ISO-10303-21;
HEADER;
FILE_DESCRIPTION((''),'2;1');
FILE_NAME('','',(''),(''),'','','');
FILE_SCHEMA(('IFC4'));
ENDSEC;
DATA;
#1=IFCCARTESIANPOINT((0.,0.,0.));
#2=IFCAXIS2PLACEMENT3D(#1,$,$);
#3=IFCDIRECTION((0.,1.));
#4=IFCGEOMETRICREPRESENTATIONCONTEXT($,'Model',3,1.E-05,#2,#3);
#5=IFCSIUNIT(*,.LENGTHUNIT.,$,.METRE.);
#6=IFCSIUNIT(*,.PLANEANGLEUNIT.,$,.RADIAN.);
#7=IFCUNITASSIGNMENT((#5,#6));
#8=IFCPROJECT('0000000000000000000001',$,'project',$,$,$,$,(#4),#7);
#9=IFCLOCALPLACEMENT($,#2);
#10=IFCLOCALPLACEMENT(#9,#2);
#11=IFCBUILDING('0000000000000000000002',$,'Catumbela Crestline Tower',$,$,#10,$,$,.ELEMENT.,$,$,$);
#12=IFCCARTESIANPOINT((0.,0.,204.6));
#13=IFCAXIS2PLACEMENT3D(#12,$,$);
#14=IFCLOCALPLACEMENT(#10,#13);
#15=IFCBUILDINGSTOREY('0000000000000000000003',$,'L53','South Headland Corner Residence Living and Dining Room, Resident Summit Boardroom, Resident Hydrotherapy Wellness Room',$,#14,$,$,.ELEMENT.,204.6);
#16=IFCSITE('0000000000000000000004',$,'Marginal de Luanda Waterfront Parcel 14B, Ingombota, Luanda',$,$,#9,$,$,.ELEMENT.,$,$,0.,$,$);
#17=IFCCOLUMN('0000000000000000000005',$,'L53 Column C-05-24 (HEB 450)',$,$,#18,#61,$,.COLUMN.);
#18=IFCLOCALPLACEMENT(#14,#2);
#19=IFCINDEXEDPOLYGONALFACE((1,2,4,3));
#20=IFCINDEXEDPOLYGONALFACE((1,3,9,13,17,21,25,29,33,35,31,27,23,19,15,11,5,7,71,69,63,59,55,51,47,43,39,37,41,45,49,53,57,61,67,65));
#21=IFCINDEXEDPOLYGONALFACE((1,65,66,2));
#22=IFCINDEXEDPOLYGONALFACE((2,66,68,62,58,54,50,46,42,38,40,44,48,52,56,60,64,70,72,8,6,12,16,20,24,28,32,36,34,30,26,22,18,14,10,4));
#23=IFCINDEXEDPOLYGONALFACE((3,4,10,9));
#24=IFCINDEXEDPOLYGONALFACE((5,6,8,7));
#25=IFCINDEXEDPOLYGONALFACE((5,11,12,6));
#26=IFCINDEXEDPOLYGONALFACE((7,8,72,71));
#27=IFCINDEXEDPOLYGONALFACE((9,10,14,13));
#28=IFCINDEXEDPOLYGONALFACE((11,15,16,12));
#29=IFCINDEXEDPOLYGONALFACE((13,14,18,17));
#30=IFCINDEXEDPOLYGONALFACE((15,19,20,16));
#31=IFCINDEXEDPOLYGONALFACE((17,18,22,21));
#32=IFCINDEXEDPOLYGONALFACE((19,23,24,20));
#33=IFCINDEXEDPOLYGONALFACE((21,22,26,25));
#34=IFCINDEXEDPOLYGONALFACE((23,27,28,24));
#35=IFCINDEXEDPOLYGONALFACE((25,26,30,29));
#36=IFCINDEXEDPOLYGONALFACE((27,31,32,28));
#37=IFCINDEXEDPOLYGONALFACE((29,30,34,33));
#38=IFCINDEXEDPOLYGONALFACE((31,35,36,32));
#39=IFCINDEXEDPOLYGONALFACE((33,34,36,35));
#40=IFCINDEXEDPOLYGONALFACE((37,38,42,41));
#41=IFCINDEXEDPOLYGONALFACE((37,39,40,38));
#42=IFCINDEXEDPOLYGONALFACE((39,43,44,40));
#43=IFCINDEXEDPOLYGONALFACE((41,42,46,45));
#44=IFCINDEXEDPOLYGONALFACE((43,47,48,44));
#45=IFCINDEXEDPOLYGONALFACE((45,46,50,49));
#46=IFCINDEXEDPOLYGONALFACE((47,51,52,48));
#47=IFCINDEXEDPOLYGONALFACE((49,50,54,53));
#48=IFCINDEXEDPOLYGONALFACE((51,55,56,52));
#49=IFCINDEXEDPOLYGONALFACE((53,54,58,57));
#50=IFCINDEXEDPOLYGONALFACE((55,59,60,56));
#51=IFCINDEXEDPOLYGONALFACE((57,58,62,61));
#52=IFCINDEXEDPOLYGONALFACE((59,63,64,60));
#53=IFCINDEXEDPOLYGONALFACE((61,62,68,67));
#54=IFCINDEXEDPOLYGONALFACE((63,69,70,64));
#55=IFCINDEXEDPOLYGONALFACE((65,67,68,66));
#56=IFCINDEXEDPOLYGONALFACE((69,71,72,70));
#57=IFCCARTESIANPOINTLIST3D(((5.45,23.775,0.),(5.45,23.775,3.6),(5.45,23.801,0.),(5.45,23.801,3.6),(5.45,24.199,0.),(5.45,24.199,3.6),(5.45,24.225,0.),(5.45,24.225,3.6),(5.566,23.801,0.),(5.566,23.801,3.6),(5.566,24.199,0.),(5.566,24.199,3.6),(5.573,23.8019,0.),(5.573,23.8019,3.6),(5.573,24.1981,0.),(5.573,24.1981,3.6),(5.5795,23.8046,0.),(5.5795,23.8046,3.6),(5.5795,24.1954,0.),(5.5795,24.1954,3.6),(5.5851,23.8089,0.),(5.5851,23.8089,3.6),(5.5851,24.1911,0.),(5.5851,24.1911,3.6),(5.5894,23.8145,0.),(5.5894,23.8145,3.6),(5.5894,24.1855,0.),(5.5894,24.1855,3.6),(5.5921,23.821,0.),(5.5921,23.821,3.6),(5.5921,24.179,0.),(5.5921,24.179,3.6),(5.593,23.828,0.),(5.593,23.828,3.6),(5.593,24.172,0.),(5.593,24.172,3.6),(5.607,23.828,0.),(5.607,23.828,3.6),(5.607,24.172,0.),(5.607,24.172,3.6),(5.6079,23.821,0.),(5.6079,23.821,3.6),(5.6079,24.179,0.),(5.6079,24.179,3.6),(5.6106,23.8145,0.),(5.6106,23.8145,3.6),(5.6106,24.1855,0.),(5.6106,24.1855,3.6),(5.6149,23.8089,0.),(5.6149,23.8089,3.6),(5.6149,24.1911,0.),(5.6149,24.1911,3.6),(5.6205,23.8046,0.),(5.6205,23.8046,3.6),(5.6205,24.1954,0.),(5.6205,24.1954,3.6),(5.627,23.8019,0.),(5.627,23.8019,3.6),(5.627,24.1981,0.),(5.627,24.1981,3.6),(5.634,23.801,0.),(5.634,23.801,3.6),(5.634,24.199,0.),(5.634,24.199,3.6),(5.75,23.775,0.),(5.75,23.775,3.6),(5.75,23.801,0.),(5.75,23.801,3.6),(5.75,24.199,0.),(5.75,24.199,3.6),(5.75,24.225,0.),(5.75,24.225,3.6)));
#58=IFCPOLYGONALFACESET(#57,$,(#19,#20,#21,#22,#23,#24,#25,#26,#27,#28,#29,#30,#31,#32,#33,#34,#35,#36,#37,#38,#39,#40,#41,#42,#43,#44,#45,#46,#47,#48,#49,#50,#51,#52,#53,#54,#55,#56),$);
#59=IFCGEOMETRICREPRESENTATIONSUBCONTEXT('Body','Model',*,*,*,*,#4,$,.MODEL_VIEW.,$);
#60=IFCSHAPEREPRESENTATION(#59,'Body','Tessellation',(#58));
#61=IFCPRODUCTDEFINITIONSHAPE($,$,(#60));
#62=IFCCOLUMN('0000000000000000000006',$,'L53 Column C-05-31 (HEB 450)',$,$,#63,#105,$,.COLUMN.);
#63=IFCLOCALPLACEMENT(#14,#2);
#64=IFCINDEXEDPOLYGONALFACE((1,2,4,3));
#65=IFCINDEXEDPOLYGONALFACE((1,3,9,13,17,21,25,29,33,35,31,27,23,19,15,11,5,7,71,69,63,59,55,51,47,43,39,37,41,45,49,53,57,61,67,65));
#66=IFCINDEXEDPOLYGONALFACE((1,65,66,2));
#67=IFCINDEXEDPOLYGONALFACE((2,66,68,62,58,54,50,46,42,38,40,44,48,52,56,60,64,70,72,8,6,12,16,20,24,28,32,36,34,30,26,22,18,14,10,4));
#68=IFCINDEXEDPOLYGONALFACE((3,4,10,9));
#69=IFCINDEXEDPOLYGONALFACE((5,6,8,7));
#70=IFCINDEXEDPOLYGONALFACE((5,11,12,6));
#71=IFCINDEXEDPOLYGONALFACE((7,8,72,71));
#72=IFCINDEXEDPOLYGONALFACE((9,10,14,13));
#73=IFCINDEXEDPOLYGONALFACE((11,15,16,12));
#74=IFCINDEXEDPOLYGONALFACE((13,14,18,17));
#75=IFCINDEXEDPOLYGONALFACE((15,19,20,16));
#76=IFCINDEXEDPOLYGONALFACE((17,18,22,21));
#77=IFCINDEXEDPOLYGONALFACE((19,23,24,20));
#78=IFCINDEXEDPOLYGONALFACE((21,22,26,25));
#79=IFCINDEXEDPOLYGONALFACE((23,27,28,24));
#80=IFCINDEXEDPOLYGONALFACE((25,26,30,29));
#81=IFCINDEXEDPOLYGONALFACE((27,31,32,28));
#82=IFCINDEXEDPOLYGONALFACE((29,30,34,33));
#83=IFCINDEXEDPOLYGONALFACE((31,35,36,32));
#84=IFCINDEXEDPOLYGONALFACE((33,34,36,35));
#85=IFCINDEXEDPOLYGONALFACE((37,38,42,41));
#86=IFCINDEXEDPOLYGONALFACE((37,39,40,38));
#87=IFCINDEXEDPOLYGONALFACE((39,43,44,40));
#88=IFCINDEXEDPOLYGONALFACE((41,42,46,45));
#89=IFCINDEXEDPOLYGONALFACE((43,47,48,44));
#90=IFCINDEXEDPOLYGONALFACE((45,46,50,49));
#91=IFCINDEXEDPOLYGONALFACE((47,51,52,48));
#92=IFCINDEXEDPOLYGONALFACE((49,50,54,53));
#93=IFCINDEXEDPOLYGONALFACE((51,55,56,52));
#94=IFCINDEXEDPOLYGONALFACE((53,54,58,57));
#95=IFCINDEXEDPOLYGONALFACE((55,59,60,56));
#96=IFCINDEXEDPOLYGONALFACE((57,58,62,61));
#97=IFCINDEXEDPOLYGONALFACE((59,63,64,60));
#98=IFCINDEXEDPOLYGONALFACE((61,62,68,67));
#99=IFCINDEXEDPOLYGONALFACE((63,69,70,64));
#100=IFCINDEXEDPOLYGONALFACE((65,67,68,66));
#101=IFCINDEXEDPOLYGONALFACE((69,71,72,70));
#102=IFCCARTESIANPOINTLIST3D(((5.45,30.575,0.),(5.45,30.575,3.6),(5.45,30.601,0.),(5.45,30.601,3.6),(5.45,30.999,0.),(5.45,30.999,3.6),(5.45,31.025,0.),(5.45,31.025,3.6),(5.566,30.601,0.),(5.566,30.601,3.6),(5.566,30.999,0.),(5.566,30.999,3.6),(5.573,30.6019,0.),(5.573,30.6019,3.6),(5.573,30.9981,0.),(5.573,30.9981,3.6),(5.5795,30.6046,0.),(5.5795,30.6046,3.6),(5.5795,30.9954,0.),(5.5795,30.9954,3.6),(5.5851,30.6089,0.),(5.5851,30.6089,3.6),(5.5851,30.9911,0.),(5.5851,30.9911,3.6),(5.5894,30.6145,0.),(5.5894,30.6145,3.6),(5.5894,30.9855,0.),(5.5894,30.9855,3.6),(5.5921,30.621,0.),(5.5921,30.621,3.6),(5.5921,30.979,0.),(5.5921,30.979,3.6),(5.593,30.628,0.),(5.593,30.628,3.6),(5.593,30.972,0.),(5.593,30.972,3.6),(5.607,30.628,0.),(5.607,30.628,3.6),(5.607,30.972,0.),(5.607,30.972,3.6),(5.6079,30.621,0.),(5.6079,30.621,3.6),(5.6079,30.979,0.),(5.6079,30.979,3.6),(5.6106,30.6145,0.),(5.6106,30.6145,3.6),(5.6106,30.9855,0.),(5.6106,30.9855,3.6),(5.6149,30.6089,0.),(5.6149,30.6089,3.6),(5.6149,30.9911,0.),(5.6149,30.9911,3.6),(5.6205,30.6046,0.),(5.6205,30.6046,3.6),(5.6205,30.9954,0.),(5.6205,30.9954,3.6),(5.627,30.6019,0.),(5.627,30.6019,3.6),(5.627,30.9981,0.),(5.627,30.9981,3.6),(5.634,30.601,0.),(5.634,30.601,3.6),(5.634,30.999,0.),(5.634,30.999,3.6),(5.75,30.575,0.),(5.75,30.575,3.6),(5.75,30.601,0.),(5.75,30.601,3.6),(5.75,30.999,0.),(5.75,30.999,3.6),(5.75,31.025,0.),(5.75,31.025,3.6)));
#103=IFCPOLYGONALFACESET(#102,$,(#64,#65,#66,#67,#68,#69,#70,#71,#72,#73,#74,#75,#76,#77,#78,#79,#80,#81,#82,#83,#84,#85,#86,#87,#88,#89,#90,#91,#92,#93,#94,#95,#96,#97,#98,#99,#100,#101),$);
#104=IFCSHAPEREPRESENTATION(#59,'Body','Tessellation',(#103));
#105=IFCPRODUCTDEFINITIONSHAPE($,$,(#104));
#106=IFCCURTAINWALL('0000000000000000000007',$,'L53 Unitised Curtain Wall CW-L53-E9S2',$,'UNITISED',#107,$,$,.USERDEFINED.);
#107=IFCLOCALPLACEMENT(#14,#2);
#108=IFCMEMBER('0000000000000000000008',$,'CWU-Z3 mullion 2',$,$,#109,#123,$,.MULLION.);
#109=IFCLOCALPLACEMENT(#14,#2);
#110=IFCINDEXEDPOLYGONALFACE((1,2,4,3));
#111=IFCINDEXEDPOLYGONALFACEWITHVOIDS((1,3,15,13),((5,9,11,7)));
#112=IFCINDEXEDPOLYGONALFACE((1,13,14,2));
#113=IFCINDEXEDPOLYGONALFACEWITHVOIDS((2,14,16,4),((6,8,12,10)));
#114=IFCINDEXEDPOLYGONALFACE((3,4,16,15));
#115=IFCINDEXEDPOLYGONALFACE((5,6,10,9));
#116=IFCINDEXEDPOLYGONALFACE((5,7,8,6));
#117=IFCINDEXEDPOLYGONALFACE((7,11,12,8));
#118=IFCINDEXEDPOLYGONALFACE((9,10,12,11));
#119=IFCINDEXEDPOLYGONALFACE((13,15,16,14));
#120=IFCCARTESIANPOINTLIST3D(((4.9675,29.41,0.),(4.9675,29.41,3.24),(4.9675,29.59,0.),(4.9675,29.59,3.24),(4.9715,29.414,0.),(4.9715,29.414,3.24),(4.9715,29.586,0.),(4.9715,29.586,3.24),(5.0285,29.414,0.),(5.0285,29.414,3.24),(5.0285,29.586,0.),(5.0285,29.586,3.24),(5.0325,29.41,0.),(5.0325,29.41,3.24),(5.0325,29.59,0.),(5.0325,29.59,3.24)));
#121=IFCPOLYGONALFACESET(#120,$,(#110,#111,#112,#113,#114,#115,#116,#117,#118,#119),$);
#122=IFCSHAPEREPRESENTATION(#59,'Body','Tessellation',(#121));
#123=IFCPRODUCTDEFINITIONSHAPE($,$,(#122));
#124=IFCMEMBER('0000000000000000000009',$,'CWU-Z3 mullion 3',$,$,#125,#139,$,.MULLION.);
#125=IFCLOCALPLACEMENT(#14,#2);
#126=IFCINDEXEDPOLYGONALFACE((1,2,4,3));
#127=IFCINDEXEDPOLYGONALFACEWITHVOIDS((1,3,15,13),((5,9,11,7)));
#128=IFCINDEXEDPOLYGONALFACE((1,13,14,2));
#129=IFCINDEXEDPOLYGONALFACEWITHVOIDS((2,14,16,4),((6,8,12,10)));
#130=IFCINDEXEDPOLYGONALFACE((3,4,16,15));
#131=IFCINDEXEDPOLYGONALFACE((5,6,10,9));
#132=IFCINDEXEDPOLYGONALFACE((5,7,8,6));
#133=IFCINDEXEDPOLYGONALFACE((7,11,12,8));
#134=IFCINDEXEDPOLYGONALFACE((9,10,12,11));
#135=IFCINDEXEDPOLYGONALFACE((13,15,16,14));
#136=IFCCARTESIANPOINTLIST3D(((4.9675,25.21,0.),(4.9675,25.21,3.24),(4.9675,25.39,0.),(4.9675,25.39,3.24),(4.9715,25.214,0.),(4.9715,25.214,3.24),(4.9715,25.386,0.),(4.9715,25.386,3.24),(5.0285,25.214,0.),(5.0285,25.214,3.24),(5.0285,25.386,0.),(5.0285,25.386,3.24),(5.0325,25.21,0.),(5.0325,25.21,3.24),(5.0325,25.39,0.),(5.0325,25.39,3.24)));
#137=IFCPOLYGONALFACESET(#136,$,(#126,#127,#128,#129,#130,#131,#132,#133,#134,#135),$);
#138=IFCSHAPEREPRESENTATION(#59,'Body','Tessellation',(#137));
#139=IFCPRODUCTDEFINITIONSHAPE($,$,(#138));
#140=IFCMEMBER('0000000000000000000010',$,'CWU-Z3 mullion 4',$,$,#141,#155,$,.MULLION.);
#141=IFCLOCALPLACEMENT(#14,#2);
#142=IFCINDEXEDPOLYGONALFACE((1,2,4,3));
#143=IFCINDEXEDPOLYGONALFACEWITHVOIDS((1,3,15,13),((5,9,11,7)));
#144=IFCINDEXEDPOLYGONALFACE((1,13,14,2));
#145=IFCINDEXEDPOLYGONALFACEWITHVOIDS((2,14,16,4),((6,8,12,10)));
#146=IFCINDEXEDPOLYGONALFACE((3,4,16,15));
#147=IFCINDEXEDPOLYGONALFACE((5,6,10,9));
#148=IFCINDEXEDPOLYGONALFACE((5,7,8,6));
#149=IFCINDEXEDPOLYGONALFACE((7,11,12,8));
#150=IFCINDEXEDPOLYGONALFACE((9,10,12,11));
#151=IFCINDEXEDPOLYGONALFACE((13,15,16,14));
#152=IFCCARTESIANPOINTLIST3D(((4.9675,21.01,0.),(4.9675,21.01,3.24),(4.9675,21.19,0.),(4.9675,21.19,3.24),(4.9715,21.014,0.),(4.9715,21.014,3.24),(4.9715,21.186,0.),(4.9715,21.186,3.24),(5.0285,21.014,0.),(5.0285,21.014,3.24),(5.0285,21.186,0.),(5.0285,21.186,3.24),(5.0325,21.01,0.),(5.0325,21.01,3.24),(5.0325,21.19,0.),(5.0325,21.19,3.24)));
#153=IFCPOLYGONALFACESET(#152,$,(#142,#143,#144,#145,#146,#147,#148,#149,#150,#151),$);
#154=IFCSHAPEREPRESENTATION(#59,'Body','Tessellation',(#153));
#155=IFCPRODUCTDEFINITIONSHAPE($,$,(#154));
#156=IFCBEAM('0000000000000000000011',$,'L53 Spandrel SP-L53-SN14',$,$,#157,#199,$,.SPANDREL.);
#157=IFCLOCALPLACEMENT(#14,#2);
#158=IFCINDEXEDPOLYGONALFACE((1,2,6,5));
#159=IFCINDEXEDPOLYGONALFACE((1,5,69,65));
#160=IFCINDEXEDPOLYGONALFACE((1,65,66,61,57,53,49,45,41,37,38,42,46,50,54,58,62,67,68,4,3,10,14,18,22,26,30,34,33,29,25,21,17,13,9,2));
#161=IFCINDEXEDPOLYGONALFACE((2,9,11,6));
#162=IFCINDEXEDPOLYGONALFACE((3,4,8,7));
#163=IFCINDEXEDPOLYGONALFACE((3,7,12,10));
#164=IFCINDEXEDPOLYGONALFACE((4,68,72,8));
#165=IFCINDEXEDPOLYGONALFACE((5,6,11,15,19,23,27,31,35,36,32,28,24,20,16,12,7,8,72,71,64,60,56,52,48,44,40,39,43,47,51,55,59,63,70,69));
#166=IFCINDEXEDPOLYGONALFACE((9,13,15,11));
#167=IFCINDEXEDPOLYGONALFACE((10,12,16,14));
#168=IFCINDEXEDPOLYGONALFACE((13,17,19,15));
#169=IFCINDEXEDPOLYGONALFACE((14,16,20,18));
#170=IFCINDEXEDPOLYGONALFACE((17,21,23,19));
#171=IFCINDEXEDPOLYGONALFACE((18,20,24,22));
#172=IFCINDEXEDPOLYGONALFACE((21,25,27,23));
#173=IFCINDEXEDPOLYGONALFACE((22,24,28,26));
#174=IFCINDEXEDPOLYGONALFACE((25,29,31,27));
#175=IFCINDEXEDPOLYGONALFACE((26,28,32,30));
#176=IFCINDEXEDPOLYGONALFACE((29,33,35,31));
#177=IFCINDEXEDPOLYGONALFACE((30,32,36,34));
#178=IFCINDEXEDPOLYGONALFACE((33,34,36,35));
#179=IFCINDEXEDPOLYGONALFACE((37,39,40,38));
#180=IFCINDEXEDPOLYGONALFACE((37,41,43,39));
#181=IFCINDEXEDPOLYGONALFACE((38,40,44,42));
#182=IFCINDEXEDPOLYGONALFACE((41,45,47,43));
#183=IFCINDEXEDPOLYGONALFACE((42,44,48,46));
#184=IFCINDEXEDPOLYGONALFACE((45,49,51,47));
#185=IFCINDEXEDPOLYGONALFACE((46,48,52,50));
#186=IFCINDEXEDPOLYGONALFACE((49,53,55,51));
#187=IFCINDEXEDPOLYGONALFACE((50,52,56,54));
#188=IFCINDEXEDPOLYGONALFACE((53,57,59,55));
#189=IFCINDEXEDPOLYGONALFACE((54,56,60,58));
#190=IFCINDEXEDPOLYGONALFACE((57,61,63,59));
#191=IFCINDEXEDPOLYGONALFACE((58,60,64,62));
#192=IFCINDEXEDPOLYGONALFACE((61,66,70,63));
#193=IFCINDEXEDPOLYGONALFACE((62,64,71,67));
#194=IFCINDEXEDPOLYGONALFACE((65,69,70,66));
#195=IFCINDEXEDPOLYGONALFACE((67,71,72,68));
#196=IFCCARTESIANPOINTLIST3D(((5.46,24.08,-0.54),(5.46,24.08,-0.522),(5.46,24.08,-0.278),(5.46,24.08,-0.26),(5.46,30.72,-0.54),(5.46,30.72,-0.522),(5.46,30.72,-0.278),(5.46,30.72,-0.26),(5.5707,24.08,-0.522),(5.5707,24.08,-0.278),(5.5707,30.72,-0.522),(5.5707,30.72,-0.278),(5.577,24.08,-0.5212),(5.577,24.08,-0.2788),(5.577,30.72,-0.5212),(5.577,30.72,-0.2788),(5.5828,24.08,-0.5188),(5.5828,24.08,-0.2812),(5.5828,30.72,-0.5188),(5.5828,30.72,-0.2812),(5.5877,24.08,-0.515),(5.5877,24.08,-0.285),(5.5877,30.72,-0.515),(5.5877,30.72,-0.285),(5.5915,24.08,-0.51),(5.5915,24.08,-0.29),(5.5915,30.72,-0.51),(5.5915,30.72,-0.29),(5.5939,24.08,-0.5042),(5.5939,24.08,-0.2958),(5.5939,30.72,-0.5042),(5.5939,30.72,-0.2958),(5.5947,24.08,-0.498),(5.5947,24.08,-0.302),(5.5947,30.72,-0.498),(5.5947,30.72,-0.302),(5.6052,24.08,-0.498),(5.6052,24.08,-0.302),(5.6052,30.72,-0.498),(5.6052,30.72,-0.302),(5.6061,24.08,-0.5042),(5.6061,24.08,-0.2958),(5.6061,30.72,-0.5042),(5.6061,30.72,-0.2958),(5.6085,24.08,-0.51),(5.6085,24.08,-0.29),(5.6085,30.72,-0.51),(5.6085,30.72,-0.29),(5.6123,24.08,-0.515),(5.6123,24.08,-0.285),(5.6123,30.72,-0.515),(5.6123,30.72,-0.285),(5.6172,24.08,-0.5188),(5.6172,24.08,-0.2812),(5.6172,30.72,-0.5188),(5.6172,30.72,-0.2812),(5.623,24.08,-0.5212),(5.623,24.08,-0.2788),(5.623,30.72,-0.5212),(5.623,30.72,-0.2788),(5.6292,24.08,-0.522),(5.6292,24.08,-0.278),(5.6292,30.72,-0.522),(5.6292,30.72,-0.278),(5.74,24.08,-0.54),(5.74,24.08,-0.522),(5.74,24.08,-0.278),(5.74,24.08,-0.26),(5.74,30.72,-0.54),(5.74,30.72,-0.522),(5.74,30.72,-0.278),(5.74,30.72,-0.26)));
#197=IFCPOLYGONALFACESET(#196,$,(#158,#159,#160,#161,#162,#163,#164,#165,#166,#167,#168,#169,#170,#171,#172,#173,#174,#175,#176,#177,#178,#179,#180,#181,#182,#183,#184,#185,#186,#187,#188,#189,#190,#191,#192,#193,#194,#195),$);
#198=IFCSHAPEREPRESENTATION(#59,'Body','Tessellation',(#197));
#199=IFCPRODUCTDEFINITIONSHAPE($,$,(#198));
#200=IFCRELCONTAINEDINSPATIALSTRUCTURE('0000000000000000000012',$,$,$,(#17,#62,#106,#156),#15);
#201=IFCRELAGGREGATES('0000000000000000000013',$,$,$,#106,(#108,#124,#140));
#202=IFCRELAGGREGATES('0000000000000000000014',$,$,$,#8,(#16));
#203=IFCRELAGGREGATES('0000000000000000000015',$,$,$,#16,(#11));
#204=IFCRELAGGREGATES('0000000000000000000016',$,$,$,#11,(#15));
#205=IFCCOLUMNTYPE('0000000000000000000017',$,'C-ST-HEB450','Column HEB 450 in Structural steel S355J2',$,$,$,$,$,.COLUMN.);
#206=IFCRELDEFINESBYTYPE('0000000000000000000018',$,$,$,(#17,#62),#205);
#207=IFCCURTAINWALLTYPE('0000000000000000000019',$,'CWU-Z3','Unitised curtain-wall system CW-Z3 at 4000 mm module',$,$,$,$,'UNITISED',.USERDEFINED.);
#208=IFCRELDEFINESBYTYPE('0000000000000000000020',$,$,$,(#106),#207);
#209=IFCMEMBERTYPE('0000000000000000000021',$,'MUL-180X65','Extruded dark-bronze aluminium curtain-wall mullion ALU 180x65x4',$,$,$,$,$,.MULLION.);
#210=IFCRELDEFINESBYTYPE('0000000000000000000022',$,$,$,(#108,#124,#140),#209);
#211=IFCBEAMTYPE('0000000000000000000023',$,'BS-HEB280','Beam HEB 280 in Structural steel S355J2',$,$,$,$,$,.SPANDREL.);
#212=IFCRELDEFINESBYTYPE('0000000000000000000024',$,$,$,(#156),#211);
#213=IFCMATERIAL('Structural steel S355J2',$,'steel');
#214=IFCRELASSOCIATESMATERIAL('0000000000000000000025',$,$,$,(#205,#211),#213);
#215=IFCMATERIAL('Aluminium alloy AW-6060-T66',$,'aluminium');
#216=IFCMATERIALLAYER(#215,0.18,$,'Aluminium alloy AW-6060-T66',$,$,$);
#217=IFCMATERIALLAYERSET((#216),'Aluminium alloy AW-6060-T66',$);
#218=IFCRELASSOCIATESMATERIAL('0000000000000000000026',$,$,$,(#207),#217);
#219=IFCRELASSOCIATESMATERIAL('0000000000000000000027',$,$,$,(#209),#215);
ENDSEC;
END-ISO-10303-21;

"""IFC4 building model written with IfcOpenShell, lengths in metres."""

from ifc_helpers import new_model, si_unit, direction, frame, origin, origin_2d, place, context, subcontext, project, spatial, hollow_rectangle, i_section, extrude, material, layer, layer_set, material_profile, profile_set, type_object, element, aggregate, save


model = new_model("IFC4")

# Units and contexts
model_context = context("Model", 3, precision=1e-05, world=origin(), true_north=direction((0.0, 1.0)))
body_context = subcontext(model_context, "Body", "Model", "MODEL_VIEW")
ifc_project = project(units=[si_unit("LENGTHUNIT", "METRE"), si_unit("PLANEANGLEUNIT", "RADIAN")], contexts=[model_context])

# Site, building, storey
site_placement = place(None, origin())
site = spatial("IfcSite", under=ifc_project, at=site_placement, Name="Marginal de Luanda Waterfront Parcel 14B, Ingombota, Luanda", CompositionType="ELEMENT", RefElevation=0.0)
building_placement = place(site_placement, origin())
building = spatial("IfcBuilding", under=site, at=building_placement, Name="Catumbela Crestline Tower", CompositionType="ELEMENT")
storey_placement = place(building_placement, frame((0.0, 0.0, 204.6)))
storey = spatial("IfcBuildingStorey", under=building, at=storey_placement, Name="L53", Description="South Headland Corner Residence Living and Dining Room, Resident Summit Boardroom, Resident Hydrotherapy Wellness Room", CompositionType="ELEMENT", Elevation=204.6)

# Columns
ifc_material_1 = material(Name="Structural steel S355J2", Category="steel")
ifc_material_profile_1 = material_profile(ifc_material_1, i_section(OverallWidth=0.3, OverallDepth=0.45, WebThickness=0.014, FlangeThickness=0.026, FilletRadius=0.027, at=origin_2d()), Name="HEB 450")
ifc_profile_set_1 = profile_set([ifc_material_profile_1], Name="Structural steel S355J2")
column_type = type_object("IfcColumnType", Name="C-ST-HEB450", Description="Column HEB 450 in Structural steel S355J2", PredefinedType="COLUMN", material=ifc_profile_set_1)
for number, where, z_axis, x_axis, name in (
    (1, (5.6, 24.0, 0.0), (0.0, 0.0, 1.0), (1.0, 0.0, 0.0), "L53 Column C-05-24 (HEB 450)"),
    (2, (5.6, 30.8, 0.0), (0.0, 0.0, 1.0), (1.0, 0.0, 0.0), "L53 Column C-05-31 (HEB 450)"),
):
    element("IfcColumn", number, at=place(storey_placement, frame(where, z_axis=z_axis, x_axis=x_axis)), inside=storey, type_object=column_type, Name=name, PredefinedType="COLUMN", context=body_context, shape_type="SweptSolid", body=[
        extrude(i_section(OverallWidth=0.3, OverallDepth=0.45, WebThickness=0.014, FlangeThickness=0.026, FilletRadius=0.027, at=origin_2d()), origin(), (0.0, 0.0, 1.0), 3.6),
    ])

# Curtain wall, members
ifc_material_2 = material(Name="Aluminium alloy AW-6060-T66", Category="aluminium")
ifc_layer_1 = layer(ifc_material_2, 0.18, Name="Aluminium alloy AW-6060-T66")
ifc_layer_set_1 = layer_set([ifc_layer_1], Name="Aluminium alloy AW-6060-T66")
curtain_wall_type = type_object("IfcCurtainWallType", Name="CWU-Z3", Description="Unitised curtain-wall system CW-Z3 at 4000 mm module", ElementType="UNITISED", PredefinedType="USERDEFINED", material=ifc_layer_set_1)
curtain_wall_placement = place(storey_placement, origin())
curtain_wall = element("IfcCurtainWall", 3, at=curtain_wall_placement, inside=storey, type_object=curtain_wall_type, Name="L53 Unitised Curtain Wall CW-L53-E9S2", ObjectType="UNITISED", PredefinedType="USERDEFINED")
ifc_material_profile_2 = material_profile(ifc_material_2, hollow_rectangle(XDim=0.065, YDim=0.18, WallThickness=0.004, at=origin_2d()), Name="ALU 180x65x4")
ifc_profile_set_2 = profile_set([ifc_material_profile_2], Name="Aluminium alloy AW-6060-T66")
member_type_1 = type_object("IfcMemberType", Name="MUL-180X65", Description="Extruded dark-bronze aluminium curtain-wall mullion ALU 180x65x4", PredefinedType="MULLION", material=ifc_profile_set_2)
member_1_placement = place(storey_placement, frame((5.0, 29.5, 0.0), z_axis=(0.0, 0.0, 1.0), x_axis=(1.0, 0.0, 0.0)))
member_1 = element("IfcMember", 4, at=member_1_placement, type_object=member_type_1, Name="CWU-Z3 mullion 2", PredefinedType="MULLION", context=body_context, shape_type="SweptSolid", body=[
    extrude(hollow_rectangle(XDim=0.065, YDim=0.18, WallThickness=0.004, at=origin_2d()), origin(), (0.0, 0.0, 1.0), 3.24),
])
member_2_placement = place(storey_placement, frame((5.0, 25.3, 0.0), z_axis=(0.0, 0.0, 1.0), x_axis=(1.0, 0.0, 0.0)))
member_2 = element("IfcMember", 5, at=member_2_placement, type_object=member_type_1, Name="CWU-Z3 mullion 3", PredefinedType="MULLION", context=body_context, shape_type="SweptSolid", body=[
    extrude(hollow_rectangle(XDim=0.065, YDim=0.18, WallThickness=0.004, at=origin_2d()), origin(), (0.0, 0.0, 1.0), 3.24),
])
member_3_placement = place(storey_placement, frame((5.0, 21.1, 0.0), z_axis=(0.0, 0.0, 1.0), x_axis=(1.0, 0.0, 0.0)))
member_3 = element("IfcMember", 6, at=member_3_placement, type_object=member_type_1, Name="CWU-Z3 mullion 4", PredefinedType="MULLION", context=body_context, shape_type="SweptSolid", body=[
    extrude(hollow_rectangle(XDim=0.065, YDim=0.18, WallThickness=0.004, at=origin_2d()), origin(), (0.0, 0.0, 1.0), 3.24),
])

# Beam
ifc_material_profile_3 = material_profile(ifc_material_1, i_section(OverallWidth=0.28, OverallDepth=0.28, WebThickness=0.0105, FlangeThickness=0.018, FilletRadius=0.024, at=origin_2d()), Name="HEB 280")
ifc_profile_set_3 = profile_set([ifc_material_profile_3], Name="Structural steel S355J2")
beam_type = type_object("IfcBeamType", Name="BS-HEB280", Description="Beam HEB 280 in Structural steel S355J2", PredefinedType="SPANDREL", material=ifc_profile_set_3)
beam_1_placement = place(storey_placement, frame((5.6, 24.08, -0.4), z_axis=(0.0, 1.0, 0.0), x_axis=(-1.0, 0.0, 0.0)))
element("IfcBeam", 7, at=beam_1_placement, inside=storey, type_object=beam_type, Name="L53 Spandrel SP-L53-SN14", PredefinedType="SPANDREL", context=body_context, shape_type="SweptSolid", body=[
    extrude(i_section(OverallWidth=0.28, OverallDepth=0.28, WebThickness=0.0105, FlangeThickness=0.018, FilletRadius=0.024, at=origin_2d()), origin(), (0.0, 0.0, 1.0), 6.64),
])

aggregate(curtain_wall, [member_1, member_2, member_3])

save(model, "model.ifc")
